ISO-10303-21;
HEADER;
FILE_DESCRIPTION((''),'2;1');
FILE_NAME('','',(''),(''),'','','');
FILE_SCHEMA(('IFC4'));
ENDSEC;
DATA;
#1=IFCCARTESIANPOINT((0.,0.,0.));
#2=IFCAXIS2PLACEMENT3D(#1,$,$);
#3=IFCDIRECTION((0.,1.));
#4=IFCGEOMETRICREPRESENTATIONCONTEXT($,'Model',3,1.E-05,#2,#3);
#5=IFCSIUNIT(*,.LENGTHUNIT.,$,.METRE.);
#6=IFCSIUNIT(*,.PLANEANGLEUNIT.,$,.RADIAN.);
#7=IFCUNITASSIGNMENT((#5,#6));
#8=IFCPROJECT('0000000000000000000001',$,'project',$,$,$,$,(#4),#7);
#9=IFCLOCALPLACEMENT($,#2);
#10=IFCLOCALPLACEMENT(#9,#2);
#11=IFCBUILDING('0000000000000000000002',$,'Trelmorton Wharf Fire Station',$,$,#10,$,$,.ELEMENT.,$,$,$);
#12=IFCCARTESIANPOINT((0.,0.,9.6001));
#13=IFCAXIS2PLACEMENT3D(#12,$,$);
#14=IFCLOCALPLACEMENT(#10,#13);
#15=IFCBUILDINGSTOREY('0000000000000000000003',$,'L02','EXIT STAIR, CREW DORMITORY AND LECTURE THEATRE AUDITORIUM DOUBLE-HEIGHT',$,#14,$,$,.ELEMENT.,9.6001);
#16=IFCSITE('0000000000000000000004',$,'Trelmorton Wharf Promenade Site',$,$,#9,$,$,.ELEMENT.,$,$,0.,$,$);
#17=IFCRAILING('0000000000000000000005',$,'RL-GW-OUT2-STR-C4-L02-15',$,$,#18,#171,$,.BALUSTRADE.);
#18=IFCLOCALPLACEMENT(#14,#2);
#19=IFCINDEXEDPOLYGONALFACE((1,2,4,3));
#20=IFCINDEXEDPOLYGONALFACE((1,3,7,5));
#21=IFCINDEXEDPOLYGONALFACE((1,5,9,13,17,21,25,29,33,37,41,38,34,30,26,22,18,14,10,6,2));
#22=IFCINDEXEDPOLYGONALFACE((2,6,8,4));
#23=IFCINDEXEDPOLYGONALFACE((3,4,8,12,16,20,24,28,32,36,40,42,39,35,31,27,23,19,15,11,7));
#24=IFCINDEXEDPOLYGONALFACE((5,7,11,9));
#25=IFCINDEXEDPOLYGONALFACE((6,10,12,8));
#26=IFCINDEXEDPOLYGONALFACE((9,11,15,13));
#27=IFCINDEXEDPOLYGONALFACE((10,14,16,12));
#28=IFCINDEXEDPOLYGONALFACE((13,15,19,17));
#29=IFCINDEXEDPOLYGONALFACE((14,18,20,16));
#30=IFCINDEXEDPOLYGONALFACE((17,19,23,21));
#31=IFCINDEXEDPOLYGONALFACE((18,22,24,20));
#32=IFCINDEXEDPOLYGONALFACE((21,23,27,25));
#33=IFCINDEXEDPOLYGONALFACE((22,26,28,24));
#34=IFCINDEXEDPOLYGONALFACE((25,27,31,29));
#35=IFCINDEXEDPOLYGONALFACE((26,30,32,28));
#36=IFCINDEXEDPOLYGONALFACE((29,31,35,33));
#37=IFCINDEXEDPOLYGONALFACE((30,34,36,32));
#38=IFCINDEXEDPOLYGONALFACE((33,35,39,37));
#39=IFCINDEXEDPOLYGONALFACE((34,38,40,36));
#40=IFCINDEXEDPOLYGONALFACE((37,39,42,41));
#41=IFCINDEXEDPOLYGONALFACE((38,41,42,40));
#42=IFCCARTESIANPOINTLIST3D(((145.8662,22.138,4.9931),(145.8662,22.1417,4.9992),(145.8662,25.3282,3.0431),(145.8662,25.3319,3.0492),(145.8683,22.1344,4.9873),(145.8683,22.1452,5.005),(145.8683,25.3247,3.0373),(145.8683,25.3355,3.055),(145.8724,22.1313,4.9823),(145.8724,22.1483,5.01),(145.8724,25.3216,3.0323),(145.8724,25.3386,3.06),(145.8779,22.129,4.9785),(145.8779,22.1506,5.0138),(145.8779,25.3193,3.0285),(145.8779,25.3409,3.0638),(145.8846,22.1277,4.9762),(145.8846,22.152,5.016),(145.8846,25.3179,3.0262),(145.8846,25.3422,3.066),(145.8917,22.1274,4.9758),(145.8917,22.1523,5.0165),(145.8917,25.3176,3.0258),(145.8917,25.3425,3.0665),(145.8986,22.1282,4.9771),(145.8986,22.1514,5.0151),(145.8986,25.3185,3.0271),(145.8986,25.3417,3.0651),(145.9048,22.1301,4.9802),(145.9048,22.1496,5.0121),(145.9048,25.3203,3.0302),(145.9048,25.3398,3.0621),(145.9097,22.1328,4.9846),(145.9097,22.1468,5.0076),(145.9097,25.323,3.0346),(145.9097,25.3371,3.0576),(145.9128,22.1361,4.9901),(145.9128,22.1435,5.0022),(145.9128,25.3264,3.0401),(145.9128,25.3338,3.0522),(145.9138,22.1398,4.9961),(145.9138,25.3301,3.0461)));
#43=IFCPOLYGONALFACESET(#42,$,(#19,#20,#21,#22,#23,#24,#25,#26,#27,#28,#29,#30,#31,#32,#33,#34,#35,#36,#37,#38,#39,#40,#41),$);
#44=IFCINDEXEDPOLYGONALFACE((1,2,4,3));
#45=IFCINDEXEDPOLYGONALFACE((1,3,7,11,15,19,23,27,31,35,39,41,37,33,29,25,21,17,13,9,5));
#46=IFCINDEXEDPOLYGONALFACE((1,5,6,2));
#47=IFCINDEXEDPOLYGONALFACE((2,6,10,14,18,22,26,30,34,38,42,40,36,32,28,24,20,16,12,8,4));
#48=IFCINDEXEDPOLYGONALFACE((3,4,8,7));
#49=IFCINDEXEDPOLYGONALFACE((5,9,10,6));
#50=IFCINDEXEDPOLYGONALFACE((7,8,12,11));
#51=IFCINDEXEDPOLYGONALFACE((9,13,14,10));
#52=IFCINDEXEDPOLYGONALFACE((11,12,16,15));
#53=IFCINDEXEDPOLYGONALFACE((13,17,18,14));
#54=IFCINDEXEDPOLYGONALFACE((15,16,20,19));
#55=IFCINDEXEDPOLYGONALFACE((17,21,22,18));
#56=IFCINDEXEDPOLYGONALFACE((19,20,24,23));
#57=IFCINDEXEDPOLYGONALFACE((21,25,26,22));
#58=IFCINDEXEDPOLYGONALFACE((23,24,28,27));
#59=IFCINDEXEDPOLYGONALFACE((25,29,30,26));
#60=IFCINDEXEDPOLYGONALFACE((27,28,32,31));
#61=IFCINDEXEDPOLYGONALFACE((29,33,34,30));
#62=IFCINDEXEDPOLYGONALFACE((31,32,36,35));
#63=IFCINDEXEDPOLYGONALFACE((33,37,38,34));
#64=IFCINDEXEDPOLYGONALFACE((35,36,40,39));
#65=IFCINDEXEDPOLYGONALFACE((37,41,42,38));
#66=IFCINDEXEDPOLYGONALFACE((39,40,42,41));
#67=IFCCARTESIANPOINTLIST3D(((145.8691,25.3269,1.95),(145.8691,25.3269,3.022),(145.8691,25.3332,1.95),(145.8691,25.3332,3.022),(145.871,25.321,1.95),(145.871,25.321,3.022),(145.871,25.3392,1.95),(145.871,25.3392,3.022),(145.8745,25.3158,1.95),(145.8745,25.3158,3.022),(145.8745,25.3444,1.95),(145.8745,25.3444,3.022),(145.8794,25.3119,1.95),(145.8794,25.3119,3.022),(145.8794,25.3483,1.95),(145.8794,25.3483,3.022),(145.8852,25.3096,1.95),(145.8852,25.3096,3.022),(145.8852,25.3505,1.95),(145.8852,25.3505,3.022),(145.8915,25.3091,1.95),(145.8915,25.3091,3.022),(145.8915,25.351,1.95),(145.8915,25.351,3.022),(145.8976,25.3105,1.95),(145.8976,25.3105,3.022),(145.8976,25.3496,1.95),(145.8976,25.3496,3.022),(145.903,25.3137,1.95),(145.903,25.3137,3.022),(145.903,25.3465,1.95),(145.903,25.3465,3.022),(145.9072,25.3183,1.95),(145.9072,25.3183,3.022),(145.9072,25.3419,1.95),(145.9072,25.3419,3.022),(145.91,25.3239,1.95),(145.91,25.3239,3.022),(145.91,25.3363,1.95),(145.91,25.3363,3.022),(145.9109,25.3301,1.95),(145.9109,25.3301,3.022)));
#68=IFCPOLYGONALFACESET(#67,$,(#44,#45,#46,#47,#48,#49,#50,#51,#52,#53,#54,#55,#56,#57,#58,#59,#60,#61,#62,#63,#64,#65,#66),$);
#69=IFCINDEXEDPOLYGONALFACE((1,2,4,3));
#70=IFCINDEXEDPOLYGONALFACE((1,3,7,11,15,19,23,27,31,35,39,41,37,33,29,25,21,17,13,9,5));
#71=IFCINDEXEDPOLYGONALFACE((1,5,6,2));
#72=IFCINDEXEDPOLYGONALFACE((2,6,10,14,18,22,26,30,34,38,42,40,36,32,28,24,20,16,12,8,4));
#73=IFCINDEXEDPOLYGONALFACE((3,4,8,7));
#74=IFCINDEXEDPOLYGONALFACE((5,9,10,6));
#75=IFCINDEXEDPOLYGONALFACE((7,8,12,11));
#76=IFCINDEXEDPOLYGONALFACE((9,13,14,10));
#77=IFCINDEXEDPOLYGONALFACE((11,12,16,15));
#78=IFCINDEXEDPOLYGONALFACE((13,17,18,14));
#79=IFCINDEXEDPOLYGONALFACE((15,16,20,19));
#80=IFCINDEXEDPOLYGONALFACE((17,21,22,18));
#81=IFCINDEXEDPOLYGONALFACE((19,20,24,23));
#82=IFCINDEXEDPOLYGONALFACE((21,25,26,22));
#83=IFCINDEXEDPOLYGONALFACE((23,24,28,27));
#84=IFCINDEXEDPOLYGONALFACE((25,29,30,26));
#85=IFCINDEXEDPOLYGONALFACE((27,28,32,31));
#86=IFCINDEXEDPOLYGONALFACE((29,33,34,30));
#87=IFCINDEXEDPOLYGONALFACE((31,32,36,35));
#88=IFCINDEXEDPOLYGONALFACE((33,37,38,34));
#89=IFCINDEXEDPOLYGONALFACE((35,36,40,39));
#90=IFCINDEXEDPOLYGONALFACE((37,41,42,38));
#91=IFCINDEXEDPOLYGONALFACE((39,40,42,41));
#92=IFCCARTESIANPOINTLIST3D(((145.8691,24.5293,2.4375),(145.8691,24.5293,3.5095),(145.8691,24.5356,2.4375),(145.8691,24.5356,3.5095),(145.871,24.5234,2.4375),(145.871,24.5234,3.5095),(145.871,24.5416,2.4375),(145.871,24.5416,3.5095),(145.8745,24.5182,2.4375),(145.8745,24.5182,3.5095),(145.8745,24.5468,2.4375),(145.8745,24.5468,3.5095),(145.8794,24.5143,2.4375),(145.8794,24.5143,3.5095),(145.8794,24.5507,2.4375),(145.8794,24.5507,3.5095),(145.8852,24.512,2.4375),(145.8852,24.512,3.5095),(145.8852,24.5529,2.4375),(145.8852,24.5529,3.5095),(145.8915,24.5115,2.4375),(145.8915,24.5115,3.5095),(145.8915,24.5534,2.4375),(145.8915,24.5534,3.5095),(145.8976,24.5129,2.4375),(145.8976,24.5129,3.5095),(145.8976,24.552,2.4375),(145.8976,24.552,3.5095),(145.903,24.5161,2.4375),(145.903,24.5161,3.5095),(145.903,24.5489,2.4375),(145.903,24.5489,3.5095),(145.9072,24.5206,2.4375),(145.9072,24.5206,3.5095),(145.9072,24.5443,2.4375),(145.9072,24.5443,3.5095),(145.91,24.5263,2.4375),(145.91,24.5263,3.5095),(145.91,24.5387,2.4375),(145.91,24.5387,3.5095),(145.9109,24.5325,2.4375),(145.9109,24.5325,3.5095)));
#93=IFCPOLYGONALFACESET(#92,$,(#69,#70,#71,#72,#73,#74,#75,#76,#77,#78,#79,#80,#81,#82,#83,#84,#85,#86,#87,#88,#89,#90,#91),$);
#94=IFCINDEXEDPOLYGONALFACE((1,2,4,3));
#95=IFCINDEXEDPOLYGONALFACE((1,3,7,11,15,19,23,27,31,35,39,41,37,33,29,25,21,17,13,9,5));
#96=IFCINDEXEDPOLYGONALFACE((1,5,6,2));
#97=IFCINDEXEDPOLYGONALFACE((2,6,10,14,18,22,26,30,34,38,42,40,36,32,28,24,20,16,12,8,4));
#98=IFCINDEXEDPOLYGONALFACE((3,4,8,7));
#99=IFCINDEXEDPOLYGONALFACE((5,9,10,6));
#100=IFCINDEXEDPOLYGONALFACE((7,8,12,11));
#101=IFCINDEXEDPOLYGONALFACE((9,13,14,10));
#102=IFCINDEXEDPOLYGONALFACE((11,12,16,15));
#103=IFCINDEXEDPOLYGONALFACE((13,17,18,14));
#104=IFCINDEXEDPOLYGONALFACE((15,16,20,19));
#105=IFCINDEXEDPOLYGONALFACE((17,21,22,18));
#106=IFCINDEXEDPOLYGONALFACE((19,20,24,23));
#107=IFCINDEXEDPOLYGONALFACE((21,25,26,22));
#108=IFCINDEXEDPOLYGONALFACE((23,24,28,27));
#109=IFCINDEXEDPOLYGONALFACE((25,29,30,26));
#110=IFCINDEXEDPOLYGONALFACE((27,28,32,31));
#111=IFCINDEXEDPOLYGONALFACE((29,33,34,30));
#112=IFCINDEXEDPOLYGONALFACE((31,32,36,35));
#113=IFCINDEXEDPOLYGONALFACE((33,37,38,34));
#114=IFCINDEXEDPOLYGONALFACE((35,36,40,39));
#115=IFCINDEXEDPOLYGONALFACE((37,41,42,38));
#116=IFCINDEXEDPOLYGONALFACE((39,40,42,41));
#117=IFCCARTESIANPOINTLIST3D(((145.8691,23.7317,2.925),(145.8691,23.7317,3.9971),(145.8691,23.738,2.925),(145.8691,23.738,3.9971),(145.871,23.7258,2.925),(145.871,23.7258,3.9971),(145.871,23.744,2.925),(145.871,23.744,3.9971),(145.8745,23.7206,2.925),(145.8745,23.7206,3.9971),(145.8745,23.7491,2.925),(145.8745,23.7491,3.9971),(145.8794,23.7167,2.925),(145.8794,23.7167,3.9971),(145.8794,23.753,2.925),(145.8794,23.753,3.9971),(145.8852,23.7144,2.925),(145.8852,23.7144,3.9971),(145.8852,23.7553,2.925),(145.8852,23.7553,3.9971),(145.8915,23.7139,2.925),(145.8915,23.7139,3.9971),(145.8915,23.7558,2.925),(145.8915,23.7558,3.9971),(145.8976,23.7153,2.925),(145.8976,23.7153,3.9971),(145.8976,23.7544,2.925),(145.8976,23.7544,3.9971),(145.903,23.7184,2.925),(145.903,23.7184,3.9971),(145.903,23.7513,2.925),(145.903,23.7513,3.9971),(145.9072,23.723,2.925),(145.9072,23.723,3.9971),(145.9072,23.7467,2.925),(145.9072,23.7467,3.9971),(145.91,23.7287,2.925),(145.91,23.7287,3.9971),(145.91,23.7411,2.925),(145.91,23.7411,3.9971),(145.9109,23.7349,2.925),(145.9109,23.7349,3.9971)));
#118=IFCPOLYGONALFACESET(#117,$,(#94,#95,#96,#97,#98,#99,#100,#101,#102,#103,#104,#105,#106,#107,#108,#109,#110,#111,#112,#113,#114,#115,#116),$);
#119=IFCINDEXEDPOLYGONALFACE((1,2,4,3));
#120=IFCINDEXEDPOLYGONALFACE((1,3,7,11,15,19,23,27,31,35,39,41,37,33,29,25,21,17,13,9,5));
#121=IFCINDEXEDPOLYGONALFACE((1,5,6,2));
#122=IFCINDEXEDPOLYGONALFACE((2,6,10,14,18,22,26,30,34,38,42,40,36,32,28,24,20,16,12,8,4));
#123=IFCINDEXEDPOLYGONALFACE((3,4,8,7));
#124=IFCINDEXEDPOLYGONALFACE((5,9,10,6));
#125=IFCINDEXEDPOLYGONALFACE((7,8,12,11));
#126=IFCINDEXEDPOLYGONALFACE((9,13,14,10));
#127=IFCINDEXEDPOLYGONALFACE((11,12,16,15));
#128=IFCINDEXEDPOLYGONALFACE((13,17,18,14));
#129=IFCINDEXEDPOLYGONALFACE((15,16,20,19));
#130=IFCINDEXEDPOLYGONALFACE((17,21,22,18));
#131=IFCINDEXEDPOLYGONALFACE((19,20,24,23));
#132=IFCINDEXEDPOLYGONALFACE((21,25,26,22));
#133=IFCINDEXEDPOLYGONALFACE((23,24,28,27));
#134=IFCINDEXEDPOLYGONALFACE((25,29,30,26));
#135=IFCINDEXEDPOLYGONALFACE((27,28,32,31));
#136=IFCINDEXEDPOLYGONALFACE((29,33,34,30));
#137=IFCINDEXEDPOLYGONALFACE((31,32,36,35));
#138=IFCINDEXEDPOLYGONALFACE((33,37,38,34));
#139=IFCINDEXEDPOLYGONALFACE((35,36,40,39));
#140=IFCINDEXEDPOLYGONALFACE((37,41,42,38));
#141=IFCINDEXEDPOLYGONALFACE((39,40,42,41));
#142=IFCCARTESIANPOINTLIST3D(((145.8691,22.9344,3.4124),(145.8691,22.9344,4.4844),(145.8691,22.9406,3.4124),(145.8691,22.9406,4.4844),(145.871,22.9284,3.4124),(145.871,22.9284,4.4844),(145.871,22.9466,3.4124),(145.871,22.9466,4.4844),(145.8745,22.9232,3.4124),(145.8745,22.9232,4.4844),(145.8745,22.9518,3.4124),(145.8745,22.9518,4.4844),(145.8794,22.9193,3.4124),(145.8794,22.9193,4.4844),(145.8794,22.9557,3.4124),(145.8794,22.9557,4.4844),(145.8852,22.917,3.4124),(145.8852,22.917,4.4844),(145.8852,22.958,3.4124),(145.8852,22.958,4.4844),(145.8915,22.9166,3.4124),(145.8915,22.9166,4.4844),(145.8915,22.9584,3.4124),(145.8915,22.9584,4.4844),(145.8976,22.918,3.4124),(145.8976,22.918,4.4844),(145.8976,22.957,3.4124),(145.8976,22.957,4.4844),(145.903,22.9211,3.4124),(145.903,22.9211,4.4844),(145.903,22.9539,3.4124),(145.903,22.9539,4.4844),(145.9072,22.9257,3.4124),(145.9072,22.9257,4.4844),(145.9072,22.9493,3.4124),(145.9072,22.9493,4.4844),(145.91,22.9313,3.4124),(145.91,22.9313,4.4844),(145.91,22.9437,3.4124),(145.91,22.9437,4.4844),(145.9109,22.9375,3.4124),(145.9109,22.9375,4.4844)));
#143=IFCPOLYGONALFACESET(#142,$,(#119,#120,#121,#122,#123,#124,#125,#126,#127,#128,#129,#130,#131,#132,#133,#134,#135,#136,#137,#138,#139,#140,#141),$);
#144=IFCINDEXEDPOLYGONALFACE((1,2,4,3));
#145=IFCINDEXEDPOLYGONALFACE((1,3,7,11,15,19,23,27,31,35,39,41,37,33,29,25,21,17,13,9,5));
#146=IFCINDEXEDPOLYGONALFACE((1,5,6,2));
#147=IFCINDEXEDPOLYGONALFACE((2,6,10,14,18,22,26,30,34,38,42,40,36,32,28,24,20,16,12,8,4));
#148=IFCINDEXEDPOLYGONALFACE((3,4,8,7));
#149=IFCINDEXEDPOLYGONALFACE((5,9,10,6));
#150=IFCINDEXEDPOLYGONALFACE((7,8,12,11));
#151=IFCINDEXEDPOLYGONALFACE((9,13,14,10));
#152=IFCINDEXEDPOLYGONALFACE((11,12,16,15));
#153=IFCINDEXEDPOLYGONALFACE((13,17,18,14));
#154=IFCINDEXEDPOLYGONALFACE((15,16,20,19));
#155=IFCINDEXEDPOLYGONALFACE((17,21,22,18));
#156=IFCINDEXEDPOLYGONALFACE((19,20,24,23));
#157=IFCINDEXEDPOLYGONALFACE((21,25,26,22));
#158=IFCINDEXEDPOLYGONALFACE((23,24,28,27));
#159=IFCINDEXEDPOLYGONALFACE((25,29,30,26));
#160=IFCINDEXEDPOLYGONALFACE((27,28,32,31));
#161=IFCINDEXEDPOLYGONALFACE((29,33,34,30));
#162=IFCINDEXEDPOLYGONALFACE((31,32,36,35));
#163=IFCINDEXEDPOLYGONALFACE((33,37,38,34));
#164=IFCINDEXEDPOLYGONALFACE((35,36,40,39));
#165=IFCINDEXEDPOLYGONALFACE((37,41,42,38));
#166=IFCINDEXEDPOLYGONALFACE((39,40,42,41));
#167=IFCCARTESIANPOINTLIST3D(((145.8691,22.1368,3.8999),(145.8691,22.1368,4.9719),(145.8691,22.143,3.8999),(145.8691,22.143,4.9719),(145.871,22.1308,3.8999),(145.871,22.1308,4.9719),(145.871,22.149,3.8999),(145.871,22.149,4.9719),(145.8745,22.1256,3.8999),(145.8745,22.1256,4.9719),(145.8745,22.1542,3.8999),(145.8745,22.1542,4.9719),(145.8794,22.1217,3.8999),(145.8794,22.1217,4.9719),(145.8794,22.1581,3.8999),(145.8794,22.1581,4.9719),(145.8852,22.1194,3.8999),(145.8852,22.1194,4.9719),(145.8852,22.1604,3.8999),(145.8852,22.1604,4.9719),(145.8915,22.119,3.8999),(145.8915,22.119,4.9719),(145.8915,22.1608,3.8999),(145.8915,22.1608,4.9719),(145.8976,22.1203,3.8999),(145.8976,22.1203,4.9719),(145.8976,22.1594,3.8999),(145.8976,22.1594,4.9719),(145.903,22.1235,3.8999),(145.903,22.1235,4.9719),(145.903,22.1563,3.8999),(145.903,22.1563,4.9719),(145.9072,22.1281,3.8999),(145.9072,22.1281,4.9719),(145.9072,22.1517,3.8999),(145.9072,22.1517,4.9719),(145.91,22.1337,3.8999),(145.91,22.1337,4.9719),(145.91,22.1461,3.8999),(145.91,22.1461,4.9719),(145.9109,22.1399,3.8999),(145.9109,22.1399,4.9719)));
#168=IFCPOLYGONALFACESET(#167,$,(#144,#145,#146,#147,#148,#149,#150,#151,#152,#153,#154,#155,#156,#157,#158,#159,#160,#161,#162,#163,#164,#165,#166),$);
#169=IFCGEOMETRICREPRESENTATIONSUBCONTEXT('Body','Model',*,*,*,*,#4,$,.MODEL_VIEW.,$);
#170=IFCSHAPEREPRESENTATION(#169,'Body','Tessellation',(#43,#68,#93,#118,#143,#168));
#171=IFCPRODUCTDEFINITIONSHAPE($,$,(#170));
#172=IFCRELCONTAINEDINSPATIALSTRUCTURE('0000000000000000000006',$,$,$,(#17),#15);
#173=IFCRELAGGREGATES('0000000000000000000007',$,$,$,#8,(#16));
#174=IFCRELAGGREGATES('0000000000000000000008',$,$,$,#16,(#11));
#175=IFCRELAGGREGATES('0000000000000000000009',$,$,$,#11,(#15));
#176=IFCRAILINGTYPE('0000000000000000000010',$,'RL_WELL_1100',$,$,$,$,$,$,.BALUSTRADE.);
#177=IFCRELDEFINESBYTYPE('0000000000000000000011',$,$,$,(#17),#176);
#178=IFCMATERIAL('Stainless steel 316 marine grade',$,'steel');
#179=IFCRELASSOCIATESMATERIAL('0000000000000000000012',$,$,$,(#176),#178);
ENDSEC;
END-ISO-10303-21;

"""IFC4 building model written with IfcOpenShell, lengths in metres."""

from ifc_helpers import new_model, si_unit, direction, frame, origin, origin_2d, place, context, subcontext, project, spatial, circle, extrude, material, type_object, element, save


model = new_model("IFC4")

# Units and contexts
model_context = context("Model", 3, precision=1e-05, world=origin(), true_north=direction((0.0, 1.0)))
body_context = subcontext(model_context, "Body", "Model", "MODEL_VIEW")
ifc_project = project(units=[si_unit("LENGTHUNIT", "METRE"), si_unit("PLANEANGLEUNIT", "RADIAN")], contexts=[model_context])

# Site, building, storey
site_placement = place(None, origin())
site = spatial("IfcSite", under=ifc_project, at=site_placement, Name="Trelmorton Wharf Promenade Site", CompositionType="ELEMENT", RefElevation=0.0)
building_placement = place(site_placement, origin())
building = spatial("IfcBuilding", under=site, at=building_placement, Name="Trelmorton Wharf Fire Station", CompositionType="ELEMENT")
storey_placement = place(building_placement, frame((0.0, 0.0, 9.6001)))
storey = spatial("IfcBuildingStorey", under=building, at=storey_placement, Name="L02", Description="EXIT STAIR, CREW DORMITORY AND LECTURE THEATRE AUDITORIUM DOUBLE-HEIGHT", CompositionType="ELEMENT", Elevation=9.6001)

# Shared definitions
ifc_material_1 = material(Name="Stainless steel 316 marine grade", Category="steel")

# Railing
railing_type_1 = type_object("IfcRailingType", Name="RL_WELL_1100", PredefinedType="BALUSTRADE", material=ifc_material_1)
railing_1_placement = place(storey_placement, frame((145.8899, 25.3301, 1.95)))
element("IfcRailing", 1, at=railing_1_placement, inside=storey, type_object=railing_type_1, Name="RL-GW-OUT2-STR-C4-L02-15", PredefinedType="BALUSTRADE", context=body_context, shape_type="SweptSolid", body=[
    extrude(circle(Radius=0.0239, at=origin_2d()), frame((0.0, 0.0, 1.0962), z_axis=(0.0, -0.853235, 0.521527), x_axis=(1.0, 0.0, 0.0)), (0.0, 0.0, 1.0), 3.739),
    extrude(circle(Radius=0.021, at=origin_2d()), origin(), (0.0, 0.0, 1.0), 1.072),
    extrude(circle(Radius=0.021, at=origin_2d()), frame((0.0, -0.7976, 0.4875)), (0.0, 0.0, 1.0), 1.072),
    extrude(circle(Radius=0.021, at=origin_2d()), frame((0.0, -1.5952, 0.9751)), (0.0, 0.0, 1.0), 1.072),
    extrude(circle(Radius=0.021, at=origin_2d()), frame((0.0, -2.3926, 1.4624)), (0.0, 0.0, 1.0), 1.072),
    extrude(circle(Radius=0.021, at=origin_2d()), frame((0.0, -3.1902, 1.95)), (0.0, 0.0, 1.0), 1.072),
])

save(model, "model.ifc")
